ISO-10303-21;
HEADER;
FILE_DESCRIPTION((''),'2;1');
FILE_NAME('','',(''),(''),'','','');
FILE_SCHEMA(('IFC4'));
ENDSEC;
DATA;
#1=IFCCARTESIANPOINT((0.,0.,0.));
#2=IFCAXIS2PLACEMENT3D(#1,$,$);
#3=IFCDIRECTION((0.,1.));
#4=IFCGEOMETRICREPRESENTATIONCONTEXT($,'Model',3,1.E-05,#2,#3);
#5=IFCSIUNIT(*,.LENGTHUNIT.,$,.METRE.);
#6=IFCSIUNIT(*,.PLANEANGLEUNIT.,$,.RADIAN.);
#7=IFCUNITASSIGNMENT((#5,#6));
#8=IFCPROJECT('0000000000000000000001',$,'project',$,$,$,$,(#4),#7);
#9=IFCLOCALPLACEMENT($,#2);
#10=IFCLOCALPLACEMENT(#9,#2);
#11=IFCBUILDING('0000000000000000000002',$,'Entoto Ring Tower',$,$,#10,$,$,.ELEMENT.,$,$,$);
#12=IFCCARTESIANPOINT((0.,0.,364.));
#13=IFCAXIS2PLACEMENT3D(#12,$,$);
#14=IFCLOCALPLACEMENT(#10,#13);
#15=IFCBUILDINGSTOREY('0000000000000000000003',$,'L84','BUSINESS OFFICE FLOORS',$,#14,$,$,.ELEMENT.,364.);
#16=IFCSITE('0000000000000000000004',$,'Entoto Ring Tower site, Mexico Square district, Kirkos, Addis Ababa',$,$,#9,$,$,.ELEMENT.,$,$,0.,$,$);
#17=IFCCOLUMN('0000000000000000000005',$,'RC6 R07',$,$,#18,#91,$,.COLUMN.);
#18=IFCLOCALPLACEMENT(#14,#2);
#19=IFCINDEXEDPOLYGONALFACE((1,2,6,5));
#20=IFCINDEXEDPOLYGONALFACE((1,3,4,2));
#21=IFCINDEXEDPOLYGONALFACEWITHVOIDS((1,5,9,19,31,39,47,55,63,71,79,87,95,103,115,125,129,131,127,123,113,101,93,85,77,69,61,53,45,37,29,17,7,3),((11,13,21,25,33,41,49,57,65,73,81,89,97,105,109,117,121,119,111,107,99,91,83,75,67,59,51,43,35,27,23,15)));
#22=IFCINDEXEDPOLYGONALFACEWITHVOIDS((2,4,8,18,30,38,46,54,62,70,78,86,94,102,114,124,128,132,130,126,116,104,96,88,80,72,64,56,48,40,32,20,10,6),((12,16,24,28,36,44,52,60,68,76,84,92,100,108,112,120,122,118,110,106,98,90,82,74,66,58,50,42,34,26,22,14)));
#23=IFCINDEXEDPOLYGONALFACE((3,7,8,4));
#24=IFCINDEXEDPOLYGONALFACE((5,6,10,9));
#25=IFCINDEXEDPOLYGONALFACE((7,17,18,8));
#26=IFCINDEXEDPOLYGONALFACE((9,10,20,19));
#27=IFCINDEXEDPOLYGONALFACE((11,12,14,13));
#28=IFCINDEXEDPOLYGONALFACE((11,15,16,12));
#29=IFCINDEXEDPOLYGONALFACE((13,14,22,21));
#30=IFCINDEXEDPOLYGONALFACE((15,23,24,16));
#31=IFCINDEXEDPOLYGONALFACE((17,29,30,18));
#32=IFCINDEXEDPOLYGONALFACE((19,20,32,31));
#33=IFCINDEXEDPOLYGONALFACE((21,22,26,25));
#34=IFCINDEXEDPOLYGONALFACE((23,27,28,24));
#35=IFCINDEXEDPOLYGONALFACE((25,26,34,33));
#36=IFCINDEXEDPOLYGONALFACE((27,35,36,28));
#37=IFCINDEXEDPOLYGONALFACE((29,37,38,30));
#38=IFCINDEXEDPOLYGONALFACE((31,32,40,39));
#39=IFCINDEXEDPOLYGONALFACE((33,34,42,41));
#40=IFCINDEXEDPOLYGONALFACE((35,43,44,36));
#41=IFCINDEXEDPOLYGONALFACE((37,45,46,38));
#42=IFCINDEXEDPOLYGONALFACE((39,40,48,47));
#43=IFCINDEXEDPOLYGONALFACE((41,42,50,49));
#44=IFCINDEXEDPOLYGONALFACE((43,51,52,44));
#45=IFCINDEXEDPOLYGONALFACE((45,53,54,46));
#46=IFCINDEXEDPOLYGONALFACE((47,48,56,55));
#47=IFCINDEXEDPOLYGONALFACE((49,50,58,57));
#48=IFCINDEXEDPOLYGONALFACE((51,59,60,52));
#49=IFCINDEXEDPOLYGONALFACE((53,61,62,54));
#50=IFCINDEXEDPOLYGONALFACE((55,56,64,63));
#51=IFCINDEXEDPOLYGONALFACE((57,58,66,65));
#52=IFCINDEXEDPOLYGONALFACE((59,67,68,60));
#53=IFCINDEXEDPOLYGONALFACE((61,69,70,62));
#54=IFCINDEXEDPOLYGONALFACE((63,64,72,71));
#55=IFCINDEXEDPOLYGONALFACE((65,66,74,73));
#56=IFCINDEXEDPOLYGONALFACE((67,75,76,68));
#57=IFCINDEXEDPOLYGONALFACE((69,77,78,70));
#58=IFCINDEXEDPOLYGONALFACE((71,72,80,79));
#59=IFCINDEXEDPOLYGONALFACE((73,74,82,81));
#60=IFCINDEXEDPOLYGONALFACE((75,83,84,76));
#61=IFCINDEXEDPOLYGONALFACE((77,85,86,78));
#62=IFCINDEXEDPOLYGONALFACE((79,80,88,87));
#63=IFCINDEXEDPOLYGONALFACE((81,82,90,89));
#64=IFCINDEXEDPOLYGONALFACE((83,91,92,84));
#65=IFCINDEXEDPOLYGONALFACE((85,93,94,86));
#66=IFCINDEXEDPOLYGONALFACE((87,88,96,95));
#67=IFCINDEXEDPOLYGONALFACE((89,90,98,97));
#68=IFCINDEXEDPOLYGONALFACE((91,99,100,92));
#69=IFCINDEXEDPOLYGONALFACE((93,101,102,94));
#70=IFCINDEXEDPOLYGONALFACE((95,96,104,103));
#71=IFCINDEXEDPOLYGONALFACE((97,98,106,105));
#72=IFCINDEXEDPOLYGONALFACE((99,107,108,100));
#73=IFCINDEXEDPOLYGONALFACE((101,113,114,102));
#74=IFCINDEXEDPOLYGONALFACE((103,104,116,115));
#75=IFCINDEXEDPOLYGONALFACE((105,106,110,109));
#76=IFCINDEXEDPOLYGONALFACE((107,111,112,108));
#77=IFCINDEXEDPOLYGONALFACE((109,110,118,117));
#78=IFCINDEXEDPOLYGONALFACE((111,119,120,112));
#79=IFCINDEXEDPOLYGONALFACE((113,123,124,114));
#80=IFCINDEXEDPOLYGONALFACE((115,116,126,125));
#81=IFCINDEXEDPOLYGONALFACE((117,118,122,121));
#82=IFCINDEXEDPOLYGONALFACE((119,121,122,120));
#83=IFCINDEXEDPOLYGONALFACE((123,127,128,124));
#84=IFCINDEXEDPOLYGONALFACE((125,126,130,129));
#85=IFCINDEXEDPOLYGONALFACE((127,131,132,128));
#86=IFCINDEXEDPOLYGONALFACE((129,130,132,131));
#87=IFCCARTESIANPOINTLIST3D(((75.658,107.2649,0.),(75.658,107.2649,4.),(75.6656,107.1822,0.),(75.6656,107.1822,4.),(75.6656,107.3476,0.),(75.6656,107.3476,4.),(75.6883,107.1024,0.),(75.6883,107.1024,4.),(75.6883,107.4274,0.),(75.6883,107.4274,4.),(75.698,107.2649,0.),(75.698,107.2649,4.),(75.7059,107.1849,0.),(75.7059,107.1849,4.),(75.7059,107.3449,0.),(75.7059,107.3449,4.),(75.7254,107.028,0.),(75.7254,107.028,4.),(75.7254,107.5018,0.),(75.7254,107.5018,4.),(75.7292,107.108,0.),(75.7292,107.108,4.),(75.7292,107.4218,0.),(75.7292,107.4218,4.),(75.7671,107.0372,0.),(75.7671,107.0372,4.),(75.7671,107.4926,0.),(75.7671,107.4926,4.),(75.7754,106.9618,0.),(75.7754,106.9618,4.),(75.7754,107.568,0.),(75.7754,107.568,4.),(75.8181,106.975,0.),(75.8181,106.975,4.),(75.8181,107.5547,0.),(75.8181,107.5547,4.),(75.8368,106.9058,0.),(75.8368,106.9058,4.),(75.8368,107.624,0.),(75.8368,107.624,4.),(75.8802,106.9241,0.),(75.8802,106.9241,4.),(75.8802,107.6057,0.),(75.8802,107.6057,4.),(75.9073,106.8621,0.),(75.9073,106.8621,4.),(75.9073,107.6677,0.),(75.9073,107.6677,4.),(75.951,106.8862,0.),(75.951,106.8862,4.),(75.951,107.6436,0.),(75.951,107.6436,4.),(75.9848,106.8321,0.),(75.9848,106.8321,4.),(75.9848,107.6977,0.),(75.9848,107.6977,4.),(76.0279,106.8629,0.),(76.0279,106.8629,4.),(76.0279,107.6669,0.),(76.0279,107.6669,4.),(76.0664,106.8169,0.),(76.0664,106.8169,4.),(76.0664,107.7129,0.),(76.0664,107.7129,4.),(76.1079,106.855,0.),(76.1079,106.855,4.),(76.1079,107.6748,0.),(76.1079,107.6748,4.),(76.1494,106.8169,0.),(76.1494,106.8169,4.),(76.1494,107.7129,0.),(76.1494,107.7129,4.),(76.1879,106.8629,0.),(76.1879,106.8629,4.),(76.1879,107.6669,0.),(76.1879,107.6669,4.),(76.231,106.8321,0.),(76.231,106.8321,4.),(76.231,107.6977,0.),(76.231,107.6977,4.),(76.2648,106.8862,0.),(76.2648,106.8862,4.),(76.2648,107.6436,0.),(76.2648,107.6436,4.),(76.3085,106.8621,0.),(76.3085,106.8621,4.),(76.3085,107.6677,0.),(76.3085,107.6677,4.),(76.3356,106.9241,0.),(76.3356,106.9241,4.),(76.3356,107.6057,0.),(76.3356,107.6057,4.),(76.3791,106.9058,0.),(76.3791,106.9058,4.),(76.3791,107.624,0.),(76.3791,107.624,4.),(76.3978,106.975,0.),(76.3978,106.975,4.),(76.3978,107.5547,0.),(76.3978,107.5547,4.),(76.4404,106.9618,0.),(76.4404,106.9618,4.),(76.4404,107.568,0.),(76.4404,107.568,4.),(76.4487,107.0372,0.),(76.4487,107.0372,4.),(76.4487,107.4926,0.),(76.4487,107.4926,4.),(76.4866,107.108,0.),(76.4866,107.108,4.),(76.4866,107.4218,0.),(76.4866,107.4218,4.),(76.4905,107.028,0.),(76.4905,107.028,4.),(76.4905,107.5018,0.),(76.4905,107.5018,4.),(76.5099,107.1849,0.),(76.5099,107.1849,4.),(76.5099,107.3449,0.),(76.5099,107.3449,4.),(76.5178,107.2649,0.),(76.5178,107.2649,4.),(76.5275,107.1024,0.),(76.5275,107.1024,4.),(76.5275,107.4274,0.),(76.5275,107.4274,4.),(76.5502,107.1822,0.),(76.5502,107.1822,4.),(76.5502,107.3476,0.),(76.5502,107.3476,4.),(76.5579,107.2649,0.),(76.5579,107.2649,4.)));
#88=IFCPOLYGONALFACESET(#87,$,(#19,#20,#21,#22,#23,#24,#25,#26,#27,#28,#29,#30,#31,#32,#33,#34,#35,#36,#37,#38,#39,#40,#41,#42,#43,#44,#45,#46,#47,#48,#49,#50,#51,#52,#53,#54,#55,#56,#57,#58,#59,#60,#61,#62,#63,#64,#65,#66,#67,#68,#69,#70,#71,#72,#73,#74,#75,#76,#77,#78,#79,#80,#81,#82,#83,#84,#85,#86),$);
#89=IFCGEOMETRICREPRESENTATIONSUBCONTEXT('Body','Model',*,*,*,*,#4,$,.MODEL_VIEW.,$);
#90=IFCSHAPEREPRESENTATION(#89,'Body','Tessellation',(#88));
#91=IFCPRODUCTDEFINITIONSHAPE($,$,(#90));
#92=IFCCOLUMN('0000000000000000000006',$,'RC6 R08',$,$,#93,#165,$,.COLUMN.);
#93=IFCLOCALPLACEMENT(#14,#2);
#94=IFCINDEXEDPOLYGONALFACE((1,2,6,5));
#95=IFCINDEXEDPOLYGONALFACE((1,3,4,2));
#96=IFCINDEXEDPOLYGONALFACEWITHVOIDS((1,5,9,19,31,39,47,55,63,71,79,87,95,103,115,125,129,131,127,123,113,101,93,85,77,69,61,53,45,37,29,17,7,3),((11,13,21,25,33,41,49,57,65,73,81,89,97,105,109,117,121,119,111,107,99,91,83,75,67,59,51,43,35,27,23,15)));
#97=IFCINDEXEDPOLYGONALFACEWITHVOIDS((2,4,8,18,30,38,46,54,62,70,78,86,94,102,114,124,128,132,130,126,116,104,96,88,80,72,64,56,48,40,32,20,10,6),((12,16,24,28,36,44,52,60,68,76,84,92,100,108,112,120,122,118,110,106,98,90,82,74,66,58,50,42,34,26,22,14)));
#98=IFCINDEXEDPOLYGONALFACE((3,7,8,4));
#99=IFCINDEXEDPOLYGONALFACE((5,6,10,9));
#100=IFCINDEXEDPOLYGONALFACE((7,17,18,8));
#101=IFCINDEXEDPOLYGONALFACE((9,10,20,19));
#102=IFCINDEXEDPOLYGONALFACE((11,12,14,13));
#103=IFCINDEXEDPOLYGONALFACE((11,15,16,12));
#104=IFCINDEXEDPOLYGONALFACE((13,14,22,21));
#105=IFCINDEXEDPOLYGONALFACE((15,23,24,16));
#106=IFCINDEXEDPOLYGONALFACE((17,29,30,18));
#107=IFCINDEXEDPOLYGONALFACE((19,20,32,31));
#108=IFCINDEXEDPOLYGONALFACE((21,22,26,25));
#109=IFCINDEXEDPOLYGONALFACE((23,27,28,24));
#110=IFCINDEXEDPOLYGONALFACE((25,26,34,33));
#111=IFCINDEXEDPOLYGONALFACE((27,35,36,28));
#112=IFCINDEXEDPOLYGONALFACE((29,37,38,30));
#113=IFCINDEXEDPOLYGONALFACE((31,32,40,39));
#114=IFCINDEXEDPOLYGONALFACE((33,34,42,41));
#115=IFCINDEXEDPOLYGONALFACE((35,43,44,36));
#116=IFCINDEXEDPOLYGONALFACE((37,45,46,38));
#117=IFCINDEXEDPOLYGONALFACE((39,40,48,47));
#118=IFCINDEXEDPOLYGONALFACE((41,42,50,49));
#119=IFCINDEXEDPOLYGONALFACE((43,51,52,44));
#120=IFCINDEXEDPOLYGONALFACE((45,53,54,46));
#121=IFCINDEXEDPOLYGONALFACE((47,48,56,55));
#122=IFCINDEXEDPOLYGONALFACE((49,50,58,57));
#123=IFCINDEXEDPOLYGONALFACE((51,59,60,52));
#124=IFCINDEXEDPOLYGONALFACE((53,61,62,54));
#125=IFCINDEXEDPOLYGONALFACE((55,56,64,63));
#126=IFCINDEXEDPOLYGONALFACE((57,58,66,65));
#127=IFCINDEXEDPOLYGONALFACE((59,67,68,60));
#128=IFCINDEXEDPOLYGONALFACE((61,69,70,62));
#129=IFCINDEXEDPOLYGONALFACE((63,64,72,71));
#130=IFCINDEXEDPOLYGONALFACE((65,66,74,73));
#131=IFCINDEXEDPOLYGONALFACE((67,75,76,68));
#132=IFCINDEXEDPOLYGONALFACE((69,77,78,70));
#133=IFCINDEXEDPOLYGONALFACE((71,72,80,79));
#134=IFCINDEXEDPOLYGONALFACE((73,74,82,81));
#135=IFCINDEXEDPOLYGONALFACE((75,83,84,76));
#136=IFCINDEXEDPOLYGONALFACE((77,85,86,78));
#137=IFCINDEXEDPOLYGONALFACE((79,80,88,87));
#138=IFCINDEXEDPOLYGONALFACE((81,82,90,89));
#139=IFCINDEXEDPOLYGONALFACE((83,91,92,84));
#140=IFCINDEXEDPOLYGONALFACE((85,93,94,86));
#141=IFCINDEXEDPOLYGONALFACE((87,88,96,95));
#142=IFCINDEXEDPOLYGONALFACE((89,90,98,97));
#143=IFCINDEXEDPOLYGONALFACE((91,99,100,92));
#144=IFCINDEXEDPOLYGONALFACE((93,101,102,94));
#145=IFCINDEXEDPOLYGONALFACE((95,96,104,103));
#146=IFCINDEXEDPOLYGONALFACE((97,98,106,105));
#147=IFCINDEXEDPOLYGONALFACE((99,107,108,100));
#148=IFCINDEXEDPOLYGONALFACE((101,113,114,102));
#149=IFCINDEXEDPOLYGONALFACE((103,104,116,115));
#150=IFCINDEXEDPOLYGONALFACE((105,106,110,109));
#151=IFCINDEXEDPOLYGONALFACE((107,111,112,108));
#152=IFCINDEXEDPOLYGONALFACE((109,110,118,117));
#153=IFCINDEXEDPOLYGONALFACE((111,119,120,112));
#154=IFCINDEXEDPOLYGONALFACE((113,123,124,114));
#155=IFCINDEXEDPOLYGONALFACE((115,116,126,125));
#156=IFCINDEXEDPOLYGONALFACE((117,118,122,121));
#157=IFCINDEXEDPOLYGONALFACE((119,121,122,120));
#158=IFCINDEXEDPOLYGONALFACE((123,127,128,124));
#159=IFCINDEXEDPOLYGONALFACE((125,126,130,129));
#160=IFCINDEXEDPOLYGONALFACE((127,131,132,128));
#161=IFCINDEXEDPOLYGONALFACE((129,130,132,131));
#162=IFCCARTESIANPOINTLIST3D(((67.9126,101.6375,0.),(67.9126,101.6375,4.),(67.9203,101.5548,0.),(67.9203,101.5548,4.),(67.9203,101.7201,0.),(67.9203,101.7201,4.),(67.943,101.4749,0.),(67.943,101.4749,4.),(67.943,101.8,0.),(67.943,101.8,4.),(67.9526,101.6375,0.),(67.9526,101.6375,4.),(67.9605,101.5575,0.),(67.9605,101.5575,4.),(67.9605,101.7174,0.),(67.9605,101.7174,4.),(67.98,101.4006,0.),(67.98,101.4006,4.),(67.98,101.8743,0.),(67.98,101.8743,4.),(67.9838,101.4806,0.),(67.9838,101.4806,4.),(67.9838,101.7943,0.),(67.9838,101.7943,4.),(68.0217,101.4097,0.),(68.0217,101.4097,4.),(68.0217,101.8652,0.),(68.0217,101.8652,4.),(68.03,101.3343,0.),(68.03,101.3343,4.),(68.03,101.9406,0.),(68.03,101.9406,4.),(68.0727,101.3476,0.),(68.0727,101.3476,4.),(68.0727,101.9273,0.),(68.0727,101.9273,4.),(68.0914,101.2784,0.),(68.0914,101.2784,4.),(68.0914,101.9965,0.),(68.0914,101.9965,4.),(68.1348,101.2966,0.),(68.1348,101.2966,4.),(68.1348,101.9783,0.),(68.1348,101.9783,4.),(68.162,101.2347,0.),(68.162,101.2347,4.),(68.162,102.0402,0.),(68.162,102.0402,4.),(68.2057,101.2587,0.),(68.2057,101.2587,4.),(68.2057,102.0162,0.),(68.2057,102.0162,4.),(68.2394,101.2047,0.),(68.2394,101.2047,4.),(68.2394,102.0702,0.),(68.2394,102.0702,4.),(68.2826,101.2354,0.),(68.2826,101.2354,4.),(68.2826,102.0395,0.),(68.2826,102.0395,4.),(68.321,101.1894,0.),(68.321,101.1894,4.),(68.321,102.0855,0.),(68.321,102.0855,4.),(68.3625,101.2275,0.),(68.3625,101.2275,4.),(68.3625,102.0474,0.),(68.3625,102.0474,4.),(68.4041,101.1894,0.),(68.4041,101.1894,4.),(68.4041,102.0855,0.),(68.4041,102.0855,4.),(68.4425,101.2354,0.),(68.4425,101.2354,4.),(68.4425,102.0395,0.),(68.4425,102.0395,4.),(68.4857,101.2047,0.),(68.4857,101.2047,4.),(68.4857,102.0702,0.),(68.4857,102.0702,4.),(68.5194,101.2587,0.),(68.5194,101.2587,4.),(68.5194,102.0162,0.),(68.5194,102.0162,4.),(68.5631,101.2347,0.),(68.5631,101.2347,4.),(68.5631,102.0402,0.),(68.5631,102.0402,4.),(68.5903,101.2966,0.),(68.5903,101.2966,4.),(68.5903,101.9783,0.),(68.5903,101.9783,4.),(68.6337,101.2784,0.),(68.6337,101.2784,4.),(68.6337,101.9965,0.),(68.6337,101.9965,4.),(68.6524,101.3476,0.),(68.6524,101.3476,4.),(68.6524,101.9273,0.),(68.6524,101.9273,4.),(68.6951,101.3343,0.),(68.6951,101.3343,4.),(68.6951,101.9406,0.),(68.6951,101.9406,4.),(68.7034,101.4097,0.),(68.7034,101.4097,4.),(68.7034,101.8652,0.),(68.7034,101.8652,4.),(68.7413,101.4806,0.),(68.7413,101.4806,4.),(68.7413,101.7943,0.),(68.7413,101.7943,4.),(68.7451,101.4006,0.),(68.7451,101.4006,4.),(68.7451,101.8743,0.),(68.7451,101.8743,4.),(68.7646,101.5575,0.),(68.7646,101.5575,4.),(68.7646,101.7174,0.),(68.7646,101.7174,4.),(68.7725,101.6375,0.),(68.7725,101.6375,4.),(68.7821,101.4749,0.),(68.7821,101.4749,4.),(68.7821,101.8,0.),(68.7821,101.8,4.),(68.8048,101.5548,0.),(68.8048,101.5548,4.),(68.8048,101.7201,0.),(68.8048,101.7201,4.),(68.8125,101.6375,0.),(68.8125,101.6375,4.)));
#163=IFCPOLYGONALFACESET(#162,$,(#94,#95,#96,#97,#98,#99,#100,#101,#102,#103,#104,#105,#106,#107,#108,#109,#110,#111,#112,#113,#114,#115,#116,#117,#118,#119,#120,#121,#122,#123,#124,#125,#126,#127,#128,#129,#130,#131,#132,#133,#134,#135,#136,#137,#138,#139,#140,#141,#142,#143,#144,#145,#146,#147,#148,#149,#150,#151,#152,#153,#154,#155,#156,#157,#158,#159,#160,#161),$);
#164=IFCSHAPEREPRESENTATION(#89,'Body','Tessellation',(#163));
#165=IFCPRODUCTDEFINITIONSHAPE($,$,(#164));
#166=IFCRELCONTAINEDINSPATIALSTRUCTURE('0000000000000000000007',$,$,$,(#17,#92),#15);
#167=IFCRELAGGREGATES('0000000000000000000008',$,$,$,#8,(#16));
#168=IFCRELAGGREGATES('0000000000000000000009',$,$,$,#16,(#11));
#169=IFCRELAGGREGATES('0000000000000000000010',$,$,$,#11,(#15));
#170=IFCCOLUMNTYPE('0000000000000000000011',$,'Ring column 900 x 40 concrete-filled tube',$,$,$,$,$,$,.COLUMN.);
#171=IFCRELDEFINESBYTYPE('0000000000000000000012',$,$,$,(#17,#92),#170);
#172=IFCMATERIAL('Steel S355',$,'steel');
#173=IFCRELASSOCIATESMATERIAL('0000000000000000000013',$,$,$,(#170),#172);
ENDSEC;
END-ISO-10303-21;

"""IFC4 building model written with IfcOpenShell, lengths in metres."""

from ifc_helpers import new_model, si_unit, direction, frame, origin, origin_2d, place, context, subcontext, project, spatial, circle, hollow_circle, extrude, material, material_profile, profile_set, type_object, element, save


model = new_model("IFC4")

# Units and contexts
model_context = context("Model", 3, precision=1e-05, world=origin(), true_north=direction((0.0, 1.0)))
body_context = subcontext(model_context, "Body", "Model", "MODEL_VIEW")
ifc_project = project(units=[si_unit("LENGTHUNIT", "METRE"), si_unit("PLANEANGLEUNIT", "RADIAN")], contexts=[model_context])

# Site, building, storey
site_placement = place(None, origin())
site = spatial("IfcSite", under=ifc_project, at=site_placement, Name="Entoto Ring Tower site, Mexico Square district, Kirkos, Addis Ababa", CompositionType="ELEMENT", RefElevation=0.0)
building_placement = place(site_placement, origin())
building = spatial("IfcBuilding", under=site, at=building_placement, Name="Entoto Ring Tower", CompositionType="ELEMENT")
storey_placement = place(building_placement, frame((0.0, 0.0, 364.0)))
storey = spatial("IfcBuildingStorey", under=building, at=storey_placement, Name="L84", Description="BUSINESS OFFICE FLOORS", CompositionType="ELEMENT", Elevation=364.0)

# Columns
ifc_material_1 = material(Name="Steel S355", Category="steel")
ifc_material_profile_1 = material_profile(ifc_material_1, hollow_circle(Radius=0.45, WallThickness=0.04, at=origin_2d()), Name="CHS 900 x 40")
ifc_material_2 = material(Name="Concrete C60/75", Category="concrete")
ifc_material_profile_2 = material_profile(ifc_material_2, circle(Radius=0.4099, at=origin_2d()), Name="Concrete C60/75 infill")
ifc_profile_set_1 = profile_set([ifc_material_profile_1, ifc_material_profile_2], Name="Steel S355")
column_type = type_object("IfcColumnType", Name="Ring column 900 x 40 concrete-filled tube", PredefinedType="COLUMN", material=ifc_profile_set_1)
for number, where, z_axis, x_axis, name in (
    (1, (76.1079, 107.2649, 0.0), (0.0, 0.0, 1.0), (1.0, 0.0, 0.0), "RC6 R07"),
    (2, (68.3625, 101.6375, 0.0), (0.0, 0.0, 1.0), (1.0, 0.0, 0.0), "RC6 R08"),
):
    element("IfcColumn", number, at=place(storey_placement, frame(where, z_axis=z_axis, x_axis=x_axis)), inside=storey, type_object=column_type, Name=name, PredefinedType="COLUMN", context=body_context, shape_type="SweptSolid", body=[
        extrude(hollow_circle(Radius=0.45, WallThickness=0.04, at=origin_2d()), origin(), (0.0, 0.0, 1.0), 4.0),
    ])

save(model, "model.ifc")
